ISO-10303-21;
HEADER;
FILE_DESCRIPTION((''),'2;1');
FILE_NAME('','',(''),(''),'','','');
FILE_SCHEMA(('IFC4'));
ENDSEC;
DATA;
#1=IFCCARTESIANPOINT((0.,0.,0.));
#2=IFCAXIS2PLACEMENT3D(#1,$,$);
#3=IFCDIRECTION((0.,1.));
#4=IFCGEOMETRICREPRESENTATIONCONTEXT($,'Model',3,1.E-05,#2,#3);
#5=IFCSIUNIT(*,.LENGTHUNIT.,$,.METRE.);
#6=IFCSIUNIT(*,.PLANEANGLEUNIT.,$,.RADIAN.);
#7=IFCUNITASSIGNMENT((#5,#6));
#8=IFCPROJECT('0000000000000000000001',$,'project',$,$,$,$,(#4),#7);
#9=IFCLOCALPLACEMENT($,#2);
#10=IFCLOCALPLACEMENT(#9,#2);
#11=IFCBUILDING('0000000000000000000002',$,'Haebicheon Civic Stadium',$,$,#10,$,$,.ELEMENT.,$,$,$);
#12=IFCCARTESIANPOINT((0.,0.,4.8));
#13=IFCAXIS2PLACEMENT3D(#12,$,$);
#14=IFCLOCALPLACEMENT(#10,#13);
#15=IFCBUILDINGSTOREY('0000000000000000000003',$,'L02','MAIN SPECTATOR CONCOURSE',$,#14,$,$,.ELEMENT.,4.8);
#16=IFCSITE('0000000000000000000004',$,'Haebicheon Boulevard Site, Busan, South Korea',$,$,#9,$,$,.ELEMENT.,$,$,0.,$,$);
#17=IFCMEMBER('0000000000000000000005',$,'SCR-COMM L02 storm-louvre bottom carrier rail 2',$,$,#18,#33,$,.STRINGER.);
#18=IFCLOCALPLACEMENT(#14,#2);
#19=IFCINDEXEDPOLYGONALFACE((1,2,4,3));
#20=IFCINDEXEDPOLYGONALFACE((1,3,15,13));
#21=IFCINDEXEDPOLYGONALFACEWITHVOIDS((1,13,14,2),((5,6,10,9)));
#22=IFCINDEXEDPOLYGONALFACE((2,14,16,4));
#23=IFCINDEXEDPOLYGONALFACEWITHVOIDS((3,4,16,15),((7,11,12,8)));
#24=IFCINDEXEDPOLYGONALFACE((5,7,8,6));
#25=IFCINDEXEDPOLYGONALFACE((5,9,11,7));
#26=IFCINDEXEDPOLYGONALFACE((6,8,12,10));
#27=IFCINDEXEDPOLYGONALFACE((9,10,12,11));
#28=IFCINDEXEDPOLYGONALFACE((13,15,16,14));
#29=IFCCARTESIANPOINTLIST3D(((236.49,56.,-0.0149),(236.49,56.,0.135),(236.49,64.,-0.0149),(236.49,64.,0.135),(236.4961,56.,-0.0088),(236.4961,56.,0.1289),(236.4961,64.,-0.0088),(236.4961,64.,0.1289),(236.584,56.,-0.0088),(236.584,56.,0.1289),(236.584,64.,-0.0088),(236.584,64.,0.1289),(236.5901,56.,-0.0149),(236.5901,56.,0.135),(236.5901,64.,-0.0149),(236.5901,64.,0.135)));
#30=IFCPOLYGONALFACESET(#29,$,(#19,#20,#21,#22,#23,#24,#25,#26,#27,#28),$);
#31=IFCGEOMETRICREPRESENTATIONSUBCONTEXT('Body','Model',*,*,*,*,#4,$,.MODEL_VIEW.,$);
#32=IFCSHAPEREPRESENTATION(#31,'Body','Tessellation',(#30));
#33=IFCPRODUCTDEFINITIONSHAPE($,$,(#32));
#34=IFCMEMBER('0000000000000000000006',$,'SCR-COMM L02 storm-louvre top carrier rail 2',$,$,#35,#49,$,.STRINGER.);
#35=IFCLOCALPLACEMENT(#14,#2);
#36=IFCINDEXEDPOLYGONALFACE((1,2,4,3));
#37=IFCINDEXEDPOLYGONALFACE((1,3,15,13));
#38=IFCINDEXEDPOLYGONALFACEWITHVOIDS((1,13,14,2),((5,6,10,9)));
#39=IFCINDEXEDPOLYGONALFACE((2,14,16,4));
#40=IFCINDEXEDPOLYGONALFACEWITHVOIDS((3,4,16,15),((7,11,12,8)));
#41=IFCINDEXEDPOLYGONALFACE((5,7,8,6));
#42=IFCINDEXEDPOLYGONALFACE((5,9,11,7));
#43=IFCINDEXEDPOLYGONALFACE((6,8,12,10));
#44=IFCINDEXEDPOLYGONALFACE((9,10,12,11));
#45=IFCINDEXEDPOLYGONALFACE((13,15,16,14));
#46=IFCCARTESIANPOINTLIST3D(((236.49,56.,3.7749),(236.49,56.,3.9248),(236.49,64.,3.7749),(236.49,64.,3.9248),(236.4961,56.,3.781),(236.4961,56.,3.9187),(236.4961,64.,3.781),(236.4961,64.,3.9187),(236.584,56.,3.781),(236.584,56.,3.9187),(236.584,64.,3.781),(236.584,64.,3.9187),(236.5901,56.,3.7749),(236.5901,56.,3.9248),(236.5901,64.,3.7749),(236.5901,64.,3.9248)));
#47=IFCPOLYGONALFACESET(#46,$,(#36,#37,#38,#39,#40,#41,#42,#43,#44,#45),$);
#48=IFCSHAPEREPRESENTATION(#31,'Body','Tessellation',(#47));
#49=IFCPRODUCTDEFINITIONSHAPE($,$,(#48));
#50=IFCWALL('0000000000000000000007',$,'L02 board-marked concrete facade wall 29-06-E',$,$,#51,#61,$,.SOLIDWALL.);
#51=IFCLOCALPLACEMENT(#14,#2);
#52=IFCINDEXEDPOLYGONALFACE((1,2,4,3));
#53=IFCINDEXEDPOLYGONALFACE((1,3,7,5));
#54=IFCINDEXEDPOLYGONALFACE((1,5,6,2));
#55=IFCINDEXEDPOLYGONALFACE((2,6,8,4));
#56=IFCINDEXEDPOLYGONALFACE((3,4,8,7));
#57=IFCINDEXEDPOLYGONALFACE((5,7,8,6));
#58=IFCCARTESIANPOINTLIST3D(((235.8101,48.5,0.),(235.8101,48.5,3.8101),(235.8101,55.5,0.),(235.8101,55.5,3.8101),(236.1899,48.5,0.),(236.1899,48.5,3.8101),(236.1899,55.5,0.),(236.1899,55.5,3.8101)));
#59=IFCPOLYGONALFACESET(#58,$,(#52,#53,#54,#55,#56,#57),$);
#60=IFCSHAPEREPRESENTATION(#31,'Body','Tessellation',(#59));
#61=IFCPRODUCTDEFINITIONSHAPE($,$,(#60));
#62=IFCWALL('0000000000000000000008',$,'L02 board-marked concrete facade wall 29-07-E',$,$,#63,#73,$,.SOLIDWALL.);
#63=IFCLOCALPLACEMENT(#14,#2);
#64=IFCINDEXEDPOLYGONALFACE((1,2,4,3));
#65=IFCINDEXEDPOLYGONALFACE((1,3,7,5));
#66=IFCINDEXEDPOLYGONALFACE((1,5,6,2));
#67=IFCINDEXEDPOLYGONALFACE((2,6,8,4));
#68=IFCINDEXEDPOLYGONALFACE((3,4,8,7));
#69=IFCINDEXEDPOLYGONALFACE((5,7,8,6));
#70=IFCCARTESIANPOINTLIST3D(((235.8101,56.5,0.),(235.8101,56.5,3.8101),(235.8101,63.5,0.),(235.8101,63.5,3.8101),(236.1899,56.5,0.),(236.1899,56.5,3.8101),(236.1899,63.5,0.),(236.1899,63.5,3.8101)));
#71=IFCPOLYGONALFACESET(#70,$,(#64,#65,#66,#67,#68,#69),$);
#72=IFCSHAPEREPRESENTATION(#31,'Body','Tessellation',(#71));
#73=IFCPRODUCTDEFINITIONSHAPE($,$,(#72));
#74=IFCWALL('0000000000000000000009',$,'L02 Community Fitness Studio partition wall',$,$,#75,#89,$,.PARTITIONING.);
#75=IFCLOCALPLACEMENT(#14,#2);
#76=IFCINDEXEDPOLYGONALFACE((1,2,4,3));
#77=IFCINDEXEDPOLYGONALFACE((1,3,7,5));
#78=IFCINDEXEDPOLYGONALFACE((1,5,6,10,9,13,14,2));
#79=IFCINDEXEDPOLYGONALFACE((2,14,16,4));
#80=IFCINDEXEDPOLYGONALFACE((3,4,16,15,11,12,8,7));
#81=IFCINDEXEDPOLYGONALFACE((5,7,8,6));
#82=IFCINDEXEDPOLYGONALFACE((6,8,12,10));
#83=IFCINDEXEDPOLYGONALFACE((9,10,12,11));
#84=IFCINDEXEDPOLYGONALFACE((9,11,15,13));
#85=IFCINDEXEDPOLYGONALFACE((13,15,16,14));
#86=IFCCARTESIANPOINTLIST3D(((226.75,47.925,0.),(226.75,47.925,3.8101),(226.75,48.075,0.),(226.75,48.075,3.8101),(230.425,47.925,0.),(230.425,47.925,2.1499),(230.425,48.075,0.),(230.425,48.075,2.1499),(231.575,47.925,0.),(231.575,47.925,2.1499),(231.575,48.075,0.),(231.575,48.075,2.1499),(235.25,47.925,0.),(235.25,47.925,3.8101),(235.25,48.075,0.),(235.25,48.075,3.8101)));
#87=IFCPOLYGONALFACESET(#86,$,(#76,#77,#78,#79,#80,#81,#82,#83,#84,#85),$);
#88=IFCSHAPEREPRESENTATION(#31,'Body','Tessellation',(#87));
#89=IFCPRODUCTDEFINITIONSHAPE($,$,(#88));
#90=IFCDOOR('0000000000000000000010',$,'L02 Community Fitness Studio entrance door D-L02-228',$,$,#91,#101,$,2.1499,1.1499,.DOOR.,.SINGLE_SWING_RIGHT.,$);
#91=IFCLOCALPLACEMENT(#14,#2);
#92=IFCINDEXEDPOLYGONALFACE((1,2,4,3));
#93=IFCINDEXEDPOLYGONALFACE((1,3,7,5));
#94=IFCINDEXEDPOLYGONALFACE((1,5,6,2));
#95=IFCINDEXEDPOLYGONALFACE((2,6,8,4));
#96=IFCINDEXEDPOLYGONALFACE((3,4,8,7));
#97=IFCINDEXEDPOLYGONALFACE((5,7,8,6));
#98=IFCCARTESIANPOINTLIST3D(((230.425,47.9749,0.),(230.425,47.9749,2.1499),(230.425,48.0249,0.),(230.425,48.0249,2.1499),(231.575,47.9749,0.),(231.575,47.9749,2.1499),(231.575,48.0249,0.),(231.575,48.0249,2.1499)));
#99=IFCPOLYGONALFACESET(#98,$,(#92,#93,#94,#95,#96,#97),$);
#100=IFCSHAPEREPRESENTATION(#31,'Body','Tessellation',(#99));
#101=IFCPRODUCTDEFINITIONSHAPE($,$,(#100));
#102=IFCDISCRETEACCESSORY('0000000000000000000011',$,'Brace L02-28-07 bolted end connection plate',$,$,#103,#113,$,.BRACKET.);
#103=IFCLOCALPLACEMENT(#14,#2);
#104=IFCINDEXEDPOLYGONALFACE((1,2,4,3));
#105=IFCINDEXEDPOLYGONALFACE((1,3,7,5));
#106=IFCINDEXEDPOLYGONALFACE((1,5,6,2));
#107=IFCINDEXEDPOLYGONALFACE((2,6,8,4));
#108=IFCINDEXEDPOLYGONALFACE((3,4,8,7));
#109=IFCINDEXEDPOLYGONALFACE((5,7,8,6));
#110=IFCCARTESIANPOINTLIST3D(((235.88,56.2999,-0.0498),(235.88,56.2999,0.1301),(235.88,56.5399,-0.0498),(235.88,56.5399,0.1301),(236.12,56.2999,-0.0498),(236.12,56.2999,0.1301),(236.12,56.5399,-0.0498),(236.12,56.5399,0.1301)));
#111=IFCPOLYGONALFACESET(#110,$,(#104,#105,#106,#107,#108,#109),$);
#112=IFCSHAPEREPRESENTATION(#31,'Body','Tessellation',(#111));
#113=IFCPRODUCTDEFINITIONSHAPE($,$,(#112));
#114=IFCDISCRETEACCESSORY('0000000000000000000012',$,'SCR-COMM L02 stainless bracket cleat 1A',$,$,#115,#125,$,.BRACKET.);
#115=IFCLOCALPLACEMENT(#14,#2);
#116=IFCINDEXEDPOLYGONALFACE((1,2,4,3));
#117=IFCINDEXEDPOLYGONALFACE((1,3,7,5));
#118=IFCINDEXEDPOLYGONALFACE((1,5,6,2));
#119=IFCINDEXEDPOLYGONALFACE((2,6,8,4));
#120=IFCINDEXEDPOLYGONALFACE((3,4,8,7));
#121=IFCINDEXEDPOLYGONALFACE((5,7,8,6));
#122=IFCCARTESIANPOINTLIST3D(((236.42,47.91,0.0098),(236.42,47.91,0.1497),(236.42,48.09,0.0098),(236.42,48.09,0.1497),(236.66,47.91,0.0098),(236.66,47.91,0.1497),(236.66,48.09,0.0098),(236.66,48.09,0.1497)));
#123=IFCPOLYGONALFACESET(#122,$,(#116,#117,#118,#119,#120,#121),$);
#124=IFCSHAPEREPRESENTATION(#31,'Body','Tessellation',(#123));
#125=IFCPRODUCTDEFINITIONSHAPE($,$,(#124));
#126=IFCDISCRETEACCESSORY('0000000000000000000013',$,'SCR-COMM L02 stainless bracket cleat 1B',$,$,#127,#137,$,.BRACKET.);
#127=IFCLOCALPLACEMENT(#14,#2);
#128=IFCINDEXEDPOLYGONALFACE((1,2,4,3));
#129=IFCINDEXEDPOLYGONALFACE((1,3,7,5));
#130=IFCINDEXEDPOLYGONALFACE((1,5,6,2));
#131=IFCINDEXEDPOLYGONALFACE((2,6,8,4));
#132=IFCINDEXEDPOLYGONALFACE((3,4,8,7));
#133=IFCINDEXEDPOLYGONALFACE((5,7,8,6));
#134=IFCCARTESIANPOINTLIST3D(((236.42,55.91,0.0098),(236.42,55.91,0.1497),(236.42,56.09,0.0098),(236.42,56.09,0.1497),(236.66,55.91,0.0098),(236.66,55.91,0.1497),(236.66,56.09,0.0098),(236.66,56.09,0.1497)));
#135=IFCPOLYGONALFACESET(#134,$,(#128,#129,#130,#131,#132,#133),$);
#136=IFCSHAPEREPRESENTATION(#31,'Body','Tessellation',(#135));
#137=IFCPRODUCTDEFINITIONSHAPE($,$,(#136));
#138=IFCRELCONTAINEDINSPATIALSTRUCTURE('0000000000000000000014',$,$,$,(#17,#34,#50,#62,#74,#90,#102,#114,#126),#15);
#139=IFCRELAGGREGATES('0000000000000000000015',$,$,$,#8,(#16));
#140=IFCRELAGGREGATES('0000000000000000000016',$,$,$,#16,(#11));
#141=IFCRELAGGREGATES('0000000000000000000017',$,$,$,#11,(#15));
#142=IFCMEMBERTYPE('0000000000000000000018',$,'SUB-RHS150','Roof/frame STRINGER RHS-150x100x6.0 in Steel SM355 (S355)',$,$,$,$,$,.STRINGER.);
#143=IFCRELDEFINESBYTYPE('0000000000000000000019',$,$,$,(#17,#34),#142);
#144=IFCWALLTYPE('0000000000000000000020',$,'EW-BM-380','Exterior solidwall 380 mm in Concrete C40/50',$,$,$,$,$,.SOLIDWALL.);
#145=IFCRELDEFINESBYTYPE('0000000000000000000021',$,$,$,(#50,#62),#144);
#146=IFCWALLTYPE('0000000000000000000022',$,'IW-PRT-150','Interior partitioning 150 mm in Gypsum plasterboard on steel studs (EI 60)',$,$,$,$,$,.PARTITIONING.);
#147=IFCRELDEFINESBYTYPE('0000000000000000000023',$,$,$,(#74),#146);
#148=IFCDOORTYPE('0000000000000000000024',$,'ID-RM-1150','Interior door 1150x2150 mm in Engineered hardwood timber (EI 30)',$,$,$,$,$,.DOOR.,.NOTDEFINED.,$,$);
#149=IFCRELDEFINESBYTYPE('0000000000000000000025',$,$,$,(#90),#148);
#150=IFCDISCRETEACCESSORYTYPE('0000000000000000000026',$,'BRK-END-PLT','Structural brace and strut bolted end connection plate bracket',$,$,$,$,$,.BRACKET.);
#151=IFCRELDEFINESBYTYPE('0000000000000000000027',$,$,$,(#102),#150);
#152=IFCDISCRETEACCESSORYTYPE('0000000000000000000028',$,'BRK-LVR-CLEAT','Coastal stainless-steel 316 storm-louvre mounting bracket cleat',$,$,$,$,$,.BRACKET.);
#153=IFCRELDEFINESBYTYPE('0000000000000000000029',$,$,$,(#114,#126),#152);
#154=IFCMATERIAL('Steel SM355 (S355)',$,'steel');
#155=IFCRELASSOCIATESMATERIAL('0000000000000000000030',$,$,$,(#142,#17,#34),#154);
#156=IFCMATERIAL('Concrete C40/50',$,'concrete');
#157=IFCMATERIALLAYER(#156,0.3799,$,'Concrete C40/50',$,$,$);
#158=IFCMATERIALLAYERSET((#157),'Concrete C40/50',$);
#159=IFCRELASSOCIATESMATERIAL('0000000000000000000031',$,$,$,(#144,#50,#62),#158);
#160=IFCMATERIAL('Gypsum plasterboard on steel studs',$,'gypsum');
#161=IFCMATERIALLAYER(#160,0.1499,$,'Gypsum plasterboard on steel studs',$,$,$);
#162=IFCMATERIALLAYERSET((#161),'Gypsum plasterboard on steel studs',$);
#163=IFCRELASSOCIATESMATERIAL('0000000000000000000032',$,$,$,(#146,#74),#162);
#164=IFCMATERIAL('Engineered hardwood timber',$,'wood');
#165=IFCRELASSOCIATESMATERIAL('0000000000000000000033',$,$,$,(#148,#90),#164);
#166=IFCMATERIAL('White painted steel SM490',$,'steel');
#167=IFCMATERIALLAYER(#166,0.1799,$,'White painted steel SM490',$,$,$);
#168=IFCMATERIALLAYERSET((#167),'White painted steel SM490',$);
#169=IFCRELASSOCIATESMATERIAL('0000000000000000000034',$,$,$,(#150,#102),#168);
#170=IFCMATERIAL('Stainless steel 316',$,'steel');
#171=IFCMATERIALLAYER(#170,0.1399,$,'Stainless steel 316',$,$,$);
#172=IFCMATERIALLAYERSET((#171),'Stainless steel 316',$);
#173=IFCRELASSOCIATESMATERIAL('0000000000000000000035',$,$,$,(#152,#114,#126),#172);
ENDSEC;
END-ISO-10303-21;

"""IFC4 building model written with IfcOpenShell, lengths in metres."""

from ifc_helpers import new_model, si_unit, direction, frame, frame_2d, origin, origin_2d, place, context, subcontext, project, spatial, rectangle, hollow_rectangle, extrude, material, layer, layer_set, material_profile, profile_set, type_object, element, fill, save


model = new_model("IFC4")

# Units and contexts
model_context = context("Model", 3, precision=1e-05, world=origin(), true_north=direction((0.0, 1.0)))
body_context = subcontext(model_context, "Body", "Model", "MODEL_VIEW")
ifc_project = project(units=[si_unit("LENGTHUNIT", "METRE"), si_unit("PLANEANGLEUNIT", "RADIAN")], contexts=[model_context])

# Site, building, storey
site_placement = place(None, origin())
site = spatial("IfcSite", under=ifc_project, at=site_placement, Name="Haebicheon Boulevard Site, Busan, South Korea", CompositionType="ELEMENT", RefElevation=0.0)
building_placement = place(site_placement, origin())
building = spatial("IfcBuilding", under=site, at=building_placement, Name="Haebicheon Civic Stadium", CompositionType="ELEMENT")
storey_placement = place(building_placement, frame((0.0, 0.0, 4.8)))
storey = spatial("IfcBuildingStorey", under=building, at=storey_placement, Name="L02", Description="MAIN SPECTATOR CONCOURSE", CompositionType="ELEMENT", Elevation=4.8)

# Members
ifc_material_1 = material(Name="Steel SM355 (S355)", Category="steel")
ifc_material_profile_1 = material_profile(ifc_material_1, hollow_rectangle(XDim=0.1001, YDim=0.1499, WallThickness=0.0061, at=origin_2d()), Name="RHS-150x100x6.0")
ifc_profile_set_1 = profile_set([ifc_material_profile_1], Name="Steel SM355 (S355)")
member_type_1 = type_object("IfcMemberType", Name="SUB-RHS150", Description="Roof/frame STRINGER RHS-150x100x6.0 in Steel SM355 (S355)", PredefinedType="STRINGER", material=ifc_profile_set_1)
for number, where, z_axis, x_axis, name in (
    (1, (236.54, 56.0, 0.0601), (0.0, 1.0, 0.0), (-1.0, 0.0, 0.0), "SCR-COMM L02 storm-louvre bottom carrier rail 2"),
    (2, (236.54, 56.0, 3.8499), (0.0, 1.0, 0.0), (-1.0, 0.0, 0.0), "SCR-COMM L02 storm-louvre top carrier rail 2"),
):
    element("IfcMember", number, at=place(storey_placement, frame(where, z_axis=z_axis, x_axis=x_axis)), inside=storey, type_object=member_type_1, material=ifc_profile_set_1, Name=name, PredefinedType="STRINGER", context=body_context, shape_type="SweptSolid", body=[
        extrude(hollow_rectangle(XDim=0.1001, YDim=0.1499, WallThickness=0.0061, at=origin_2d()), origin(), (0.0, 0.0, 1.0), 8.0),
    ])

# Walls
ifc_material_2 = material(Name="Concrete C40/50", Category="concrete")
ifc_layer_1 = layer(ifc_material_2, 0.3799, Name="Concrete C40/50")
ifc_layer_set_1 = layer_set([ifc_layer_1], Name="Concrete C40/50")
wall_type_1 = type_object("IfcWallType", Name="EW-BM-380", Description="Exterior solidwall 380 mm in Concrete C40/50", PredefinedType="SOLIDWALL", material=ifc_layer_set_1)
for number, where, z_axis, x_axis, name in (
    (3, (236.0, 48.5, 0.0), (0.0, 0.0, 1.0), (0.0, 1.0, 0.0), "L02 board-marked concrete facade wall 29-06-E"),
    (4, (236.0, 56.5, 0.0), (0.0, 0.0, 1.0), (0.0, 1.0, 0.0), "L02 board-marked concrete facade wall 29-07-E"),
):
    element("IfcWall", number, at=place(storey_placement, frame(where, z_axis=z_axis, x_axis=x_axis)), inside=storey, type_object=wall_type_1, material=ifc_layer_set_1, Name=name, PredefinedType="SOLIDWALL", context=body_context, shape_type="SweptSolid", body=[
        extrude(rectangle(XDim=7.0, YDim=0.3799, at=frame_2d((3.5, 0.0))), origin(), (0.0, 0.0, 1.0), 3.8101),
    ])

# Wall, opening, door
ifc_material_3 = material(Name="Gypsum plasterboard on steel studs", Category="gypsum")
ifc_layer_2 = layer(ifc_material_3, 0.1499, Name="Gypsum plasterboard on steel studs")
ifc_layer_set_2 = layer_set([ifc_layer_2], Name="Gypsum plasterboard on steel studs")
wall_type_2 = type_object("IfcWallType", Name="IW-PRT-150", Description="Interior partitioning 150 mm in Gypsum plasterboard on steel studs (EI 60)", PredefinedType="PARTITIONING", material=ifc_layer_set_2)
wall_placement = place(storey_placement, frame((226.75, 48.0, 0.0), z_axis=(0.0, 0.0, 1.0), x_axis=(1.0, 0.0, 0.0)))
wall = element("IfcWall", 5, at=wall_placement, inside=storey, type_object=wall_type_2, material=ifc_layer_set_2, Name="L02 Community Fitness Studio partition wall", PredefinedType="PARTITIONING", context=body_context, shape_type="SweptSolid", body=[
    extrude(rectangle(XDim=8.5, YDim=0.1499, at=frame_2d((4.25, 0.0))), origin(), (0.0, 0.0, 1.0), 3.8101),
])
opening_placement = place(wall_placement, frame((3.675, 0.0, 0.0)))
opening = element("IfcOpeningElement", 6, at=opening_placement, cuts=wall, PredefinedType="OPENING", context=body_context, shape_type="SweptSolid", body=[
    extrude(rectangle(XDim=1.1499, YDim=2.1499, at=frame_2d((0.575, 1.075))), frame((0.0, 0.085, 0.0), z_axis=(0.0, -1.0, 0.0), x_axis=(1.0, 0.0, 0.0)), (0.0, 0.0, 1.0), 0.1699),
])
ifc_material_4 = material(Name="Engineered hardwood timber", Category="wood")
door_type = type_object("IfcDoorType", Name="ID-RM-1150", Description="Interior door 1150x2150 mm in Engineered hardwood timber (EI 30)", OperationType="NOTDEFINED", PredefinedType="DOOR", material=ifc_material_4)
door_placement = place(opening_placement, origin())
door = element("IfcDoor", 7, at=door_placement, inside=storey, type_object=door_type, material=ifc_material_4, Name="L02 Community Fitness Studio entrance door D-L02-228", OperationType="SINGLE_SWING_RIGHT", OverallHeight=2.1499, OverallWidth=1.1499, PredefinedType="DOOR", context=body_context, shape_type="SweptSolid", body=[
    extrude(rectangle(XDim=1.1499, YDim=2.1499, at=frame_2d((0.575, 1.075))), frame((0.0, 0.0249, 0.0), z_axis=(0.0, -1.0, 0.0), x_axis=(1.0, 0.0, 0.0)), (0.0, 0.0, 1.0), 0.05),
])
fill(opening, door)

# Discrete accessories
ifc_material_5 = material(Name="White painted steel SM490", Category="steel")
ifc_layer_3 = layer(ifc_material_5, 0.1799, Name="White painted steel SM490")
ifc_layer_set_3 = layer_set([ifc_layer_3], Name="White painted steel SM490")
discrete_accessory_type_1 = type_object("IfcDiscreteAccessoryType", Name="BRK-END-PLT", Description="Structural brace and strut bolted end connection plate bracket", PredefinedType="BRACKET", material=ifc_layer_set_3)
discrete_accessory_placement = place(storey_placement, frame((236.0, 56.4199, -0.0498), z_axis=(0.0, 0.0, 1.0), x_axis=(1.0, 0.0, 0.0)))
element("IfcDiscreteAccessory", 8, at=discrete_accessory_placement, inside=storey, type_object=discrete_accessory_type_1, material=ifc_layer_set_3, Name="Brace L02-28-07 bolted end connection plate", PredefinedType="BRACKET", context=body_context, shape_type="SweptSolid", body=[
    extrude(rectangle(XDim=0.24, YDim=0.24, at=origin_2d()), origin(), (0.0, 0.0, 1.0), 0.1799),
])
ifc_material_6 = material(Name="Stainless steel 316", Category="steel")
ifc_layer_4 = layer(ifc_material_6, 0.1399, Name="Stainless steel 316")
ifc_layer_set_4 = layer_set([ifc_layer_4], Name="Stainless steel 316")
discrete_accessory_type_2 = type_object("IfcDiscreteAccessoryType", Name="BRK-LVR-CLEAT", Description="Coastal stainless-steel 316 storm-louvre mounting bracket cleat", PredefinedType="BRACKET", material=ifc_layer_set_4)
for number, where, z_axis, x_axis, name in (
    (9, (236.54, 48.0, 0.0098), (0.0, 0.0, 1.0), (1.0, 0.0, 0.0), "SCR-COMM L02 stainless bracket cleat 1A"),
    (10, (236.54, 56.0, 0.0098), (0.0, 0.0, 1.0), (1.0, 0.0, 0.0), "SCR-COMM L02 stainless bracket cleat 1B"),
):
    element("IfcDiscreteAccessory", number, at=place(storey_placement, frame(where, z_axis=z_axis, x_axis=x_axis)), inside=storey, type_object=discrete_accessory_type_2, material=ifc_layer_set_4, Name=name, PredefinedType="BRACKET", context=body_context, shape_type="SweptSolid", body=[
        extrude(rectangle(XDim=0.24, YDim=0.1799, at=origin_2d()), origin(), (0.0, 0.0, 1.0), 0.1399),
    ])

save(model, "model.ifc")
